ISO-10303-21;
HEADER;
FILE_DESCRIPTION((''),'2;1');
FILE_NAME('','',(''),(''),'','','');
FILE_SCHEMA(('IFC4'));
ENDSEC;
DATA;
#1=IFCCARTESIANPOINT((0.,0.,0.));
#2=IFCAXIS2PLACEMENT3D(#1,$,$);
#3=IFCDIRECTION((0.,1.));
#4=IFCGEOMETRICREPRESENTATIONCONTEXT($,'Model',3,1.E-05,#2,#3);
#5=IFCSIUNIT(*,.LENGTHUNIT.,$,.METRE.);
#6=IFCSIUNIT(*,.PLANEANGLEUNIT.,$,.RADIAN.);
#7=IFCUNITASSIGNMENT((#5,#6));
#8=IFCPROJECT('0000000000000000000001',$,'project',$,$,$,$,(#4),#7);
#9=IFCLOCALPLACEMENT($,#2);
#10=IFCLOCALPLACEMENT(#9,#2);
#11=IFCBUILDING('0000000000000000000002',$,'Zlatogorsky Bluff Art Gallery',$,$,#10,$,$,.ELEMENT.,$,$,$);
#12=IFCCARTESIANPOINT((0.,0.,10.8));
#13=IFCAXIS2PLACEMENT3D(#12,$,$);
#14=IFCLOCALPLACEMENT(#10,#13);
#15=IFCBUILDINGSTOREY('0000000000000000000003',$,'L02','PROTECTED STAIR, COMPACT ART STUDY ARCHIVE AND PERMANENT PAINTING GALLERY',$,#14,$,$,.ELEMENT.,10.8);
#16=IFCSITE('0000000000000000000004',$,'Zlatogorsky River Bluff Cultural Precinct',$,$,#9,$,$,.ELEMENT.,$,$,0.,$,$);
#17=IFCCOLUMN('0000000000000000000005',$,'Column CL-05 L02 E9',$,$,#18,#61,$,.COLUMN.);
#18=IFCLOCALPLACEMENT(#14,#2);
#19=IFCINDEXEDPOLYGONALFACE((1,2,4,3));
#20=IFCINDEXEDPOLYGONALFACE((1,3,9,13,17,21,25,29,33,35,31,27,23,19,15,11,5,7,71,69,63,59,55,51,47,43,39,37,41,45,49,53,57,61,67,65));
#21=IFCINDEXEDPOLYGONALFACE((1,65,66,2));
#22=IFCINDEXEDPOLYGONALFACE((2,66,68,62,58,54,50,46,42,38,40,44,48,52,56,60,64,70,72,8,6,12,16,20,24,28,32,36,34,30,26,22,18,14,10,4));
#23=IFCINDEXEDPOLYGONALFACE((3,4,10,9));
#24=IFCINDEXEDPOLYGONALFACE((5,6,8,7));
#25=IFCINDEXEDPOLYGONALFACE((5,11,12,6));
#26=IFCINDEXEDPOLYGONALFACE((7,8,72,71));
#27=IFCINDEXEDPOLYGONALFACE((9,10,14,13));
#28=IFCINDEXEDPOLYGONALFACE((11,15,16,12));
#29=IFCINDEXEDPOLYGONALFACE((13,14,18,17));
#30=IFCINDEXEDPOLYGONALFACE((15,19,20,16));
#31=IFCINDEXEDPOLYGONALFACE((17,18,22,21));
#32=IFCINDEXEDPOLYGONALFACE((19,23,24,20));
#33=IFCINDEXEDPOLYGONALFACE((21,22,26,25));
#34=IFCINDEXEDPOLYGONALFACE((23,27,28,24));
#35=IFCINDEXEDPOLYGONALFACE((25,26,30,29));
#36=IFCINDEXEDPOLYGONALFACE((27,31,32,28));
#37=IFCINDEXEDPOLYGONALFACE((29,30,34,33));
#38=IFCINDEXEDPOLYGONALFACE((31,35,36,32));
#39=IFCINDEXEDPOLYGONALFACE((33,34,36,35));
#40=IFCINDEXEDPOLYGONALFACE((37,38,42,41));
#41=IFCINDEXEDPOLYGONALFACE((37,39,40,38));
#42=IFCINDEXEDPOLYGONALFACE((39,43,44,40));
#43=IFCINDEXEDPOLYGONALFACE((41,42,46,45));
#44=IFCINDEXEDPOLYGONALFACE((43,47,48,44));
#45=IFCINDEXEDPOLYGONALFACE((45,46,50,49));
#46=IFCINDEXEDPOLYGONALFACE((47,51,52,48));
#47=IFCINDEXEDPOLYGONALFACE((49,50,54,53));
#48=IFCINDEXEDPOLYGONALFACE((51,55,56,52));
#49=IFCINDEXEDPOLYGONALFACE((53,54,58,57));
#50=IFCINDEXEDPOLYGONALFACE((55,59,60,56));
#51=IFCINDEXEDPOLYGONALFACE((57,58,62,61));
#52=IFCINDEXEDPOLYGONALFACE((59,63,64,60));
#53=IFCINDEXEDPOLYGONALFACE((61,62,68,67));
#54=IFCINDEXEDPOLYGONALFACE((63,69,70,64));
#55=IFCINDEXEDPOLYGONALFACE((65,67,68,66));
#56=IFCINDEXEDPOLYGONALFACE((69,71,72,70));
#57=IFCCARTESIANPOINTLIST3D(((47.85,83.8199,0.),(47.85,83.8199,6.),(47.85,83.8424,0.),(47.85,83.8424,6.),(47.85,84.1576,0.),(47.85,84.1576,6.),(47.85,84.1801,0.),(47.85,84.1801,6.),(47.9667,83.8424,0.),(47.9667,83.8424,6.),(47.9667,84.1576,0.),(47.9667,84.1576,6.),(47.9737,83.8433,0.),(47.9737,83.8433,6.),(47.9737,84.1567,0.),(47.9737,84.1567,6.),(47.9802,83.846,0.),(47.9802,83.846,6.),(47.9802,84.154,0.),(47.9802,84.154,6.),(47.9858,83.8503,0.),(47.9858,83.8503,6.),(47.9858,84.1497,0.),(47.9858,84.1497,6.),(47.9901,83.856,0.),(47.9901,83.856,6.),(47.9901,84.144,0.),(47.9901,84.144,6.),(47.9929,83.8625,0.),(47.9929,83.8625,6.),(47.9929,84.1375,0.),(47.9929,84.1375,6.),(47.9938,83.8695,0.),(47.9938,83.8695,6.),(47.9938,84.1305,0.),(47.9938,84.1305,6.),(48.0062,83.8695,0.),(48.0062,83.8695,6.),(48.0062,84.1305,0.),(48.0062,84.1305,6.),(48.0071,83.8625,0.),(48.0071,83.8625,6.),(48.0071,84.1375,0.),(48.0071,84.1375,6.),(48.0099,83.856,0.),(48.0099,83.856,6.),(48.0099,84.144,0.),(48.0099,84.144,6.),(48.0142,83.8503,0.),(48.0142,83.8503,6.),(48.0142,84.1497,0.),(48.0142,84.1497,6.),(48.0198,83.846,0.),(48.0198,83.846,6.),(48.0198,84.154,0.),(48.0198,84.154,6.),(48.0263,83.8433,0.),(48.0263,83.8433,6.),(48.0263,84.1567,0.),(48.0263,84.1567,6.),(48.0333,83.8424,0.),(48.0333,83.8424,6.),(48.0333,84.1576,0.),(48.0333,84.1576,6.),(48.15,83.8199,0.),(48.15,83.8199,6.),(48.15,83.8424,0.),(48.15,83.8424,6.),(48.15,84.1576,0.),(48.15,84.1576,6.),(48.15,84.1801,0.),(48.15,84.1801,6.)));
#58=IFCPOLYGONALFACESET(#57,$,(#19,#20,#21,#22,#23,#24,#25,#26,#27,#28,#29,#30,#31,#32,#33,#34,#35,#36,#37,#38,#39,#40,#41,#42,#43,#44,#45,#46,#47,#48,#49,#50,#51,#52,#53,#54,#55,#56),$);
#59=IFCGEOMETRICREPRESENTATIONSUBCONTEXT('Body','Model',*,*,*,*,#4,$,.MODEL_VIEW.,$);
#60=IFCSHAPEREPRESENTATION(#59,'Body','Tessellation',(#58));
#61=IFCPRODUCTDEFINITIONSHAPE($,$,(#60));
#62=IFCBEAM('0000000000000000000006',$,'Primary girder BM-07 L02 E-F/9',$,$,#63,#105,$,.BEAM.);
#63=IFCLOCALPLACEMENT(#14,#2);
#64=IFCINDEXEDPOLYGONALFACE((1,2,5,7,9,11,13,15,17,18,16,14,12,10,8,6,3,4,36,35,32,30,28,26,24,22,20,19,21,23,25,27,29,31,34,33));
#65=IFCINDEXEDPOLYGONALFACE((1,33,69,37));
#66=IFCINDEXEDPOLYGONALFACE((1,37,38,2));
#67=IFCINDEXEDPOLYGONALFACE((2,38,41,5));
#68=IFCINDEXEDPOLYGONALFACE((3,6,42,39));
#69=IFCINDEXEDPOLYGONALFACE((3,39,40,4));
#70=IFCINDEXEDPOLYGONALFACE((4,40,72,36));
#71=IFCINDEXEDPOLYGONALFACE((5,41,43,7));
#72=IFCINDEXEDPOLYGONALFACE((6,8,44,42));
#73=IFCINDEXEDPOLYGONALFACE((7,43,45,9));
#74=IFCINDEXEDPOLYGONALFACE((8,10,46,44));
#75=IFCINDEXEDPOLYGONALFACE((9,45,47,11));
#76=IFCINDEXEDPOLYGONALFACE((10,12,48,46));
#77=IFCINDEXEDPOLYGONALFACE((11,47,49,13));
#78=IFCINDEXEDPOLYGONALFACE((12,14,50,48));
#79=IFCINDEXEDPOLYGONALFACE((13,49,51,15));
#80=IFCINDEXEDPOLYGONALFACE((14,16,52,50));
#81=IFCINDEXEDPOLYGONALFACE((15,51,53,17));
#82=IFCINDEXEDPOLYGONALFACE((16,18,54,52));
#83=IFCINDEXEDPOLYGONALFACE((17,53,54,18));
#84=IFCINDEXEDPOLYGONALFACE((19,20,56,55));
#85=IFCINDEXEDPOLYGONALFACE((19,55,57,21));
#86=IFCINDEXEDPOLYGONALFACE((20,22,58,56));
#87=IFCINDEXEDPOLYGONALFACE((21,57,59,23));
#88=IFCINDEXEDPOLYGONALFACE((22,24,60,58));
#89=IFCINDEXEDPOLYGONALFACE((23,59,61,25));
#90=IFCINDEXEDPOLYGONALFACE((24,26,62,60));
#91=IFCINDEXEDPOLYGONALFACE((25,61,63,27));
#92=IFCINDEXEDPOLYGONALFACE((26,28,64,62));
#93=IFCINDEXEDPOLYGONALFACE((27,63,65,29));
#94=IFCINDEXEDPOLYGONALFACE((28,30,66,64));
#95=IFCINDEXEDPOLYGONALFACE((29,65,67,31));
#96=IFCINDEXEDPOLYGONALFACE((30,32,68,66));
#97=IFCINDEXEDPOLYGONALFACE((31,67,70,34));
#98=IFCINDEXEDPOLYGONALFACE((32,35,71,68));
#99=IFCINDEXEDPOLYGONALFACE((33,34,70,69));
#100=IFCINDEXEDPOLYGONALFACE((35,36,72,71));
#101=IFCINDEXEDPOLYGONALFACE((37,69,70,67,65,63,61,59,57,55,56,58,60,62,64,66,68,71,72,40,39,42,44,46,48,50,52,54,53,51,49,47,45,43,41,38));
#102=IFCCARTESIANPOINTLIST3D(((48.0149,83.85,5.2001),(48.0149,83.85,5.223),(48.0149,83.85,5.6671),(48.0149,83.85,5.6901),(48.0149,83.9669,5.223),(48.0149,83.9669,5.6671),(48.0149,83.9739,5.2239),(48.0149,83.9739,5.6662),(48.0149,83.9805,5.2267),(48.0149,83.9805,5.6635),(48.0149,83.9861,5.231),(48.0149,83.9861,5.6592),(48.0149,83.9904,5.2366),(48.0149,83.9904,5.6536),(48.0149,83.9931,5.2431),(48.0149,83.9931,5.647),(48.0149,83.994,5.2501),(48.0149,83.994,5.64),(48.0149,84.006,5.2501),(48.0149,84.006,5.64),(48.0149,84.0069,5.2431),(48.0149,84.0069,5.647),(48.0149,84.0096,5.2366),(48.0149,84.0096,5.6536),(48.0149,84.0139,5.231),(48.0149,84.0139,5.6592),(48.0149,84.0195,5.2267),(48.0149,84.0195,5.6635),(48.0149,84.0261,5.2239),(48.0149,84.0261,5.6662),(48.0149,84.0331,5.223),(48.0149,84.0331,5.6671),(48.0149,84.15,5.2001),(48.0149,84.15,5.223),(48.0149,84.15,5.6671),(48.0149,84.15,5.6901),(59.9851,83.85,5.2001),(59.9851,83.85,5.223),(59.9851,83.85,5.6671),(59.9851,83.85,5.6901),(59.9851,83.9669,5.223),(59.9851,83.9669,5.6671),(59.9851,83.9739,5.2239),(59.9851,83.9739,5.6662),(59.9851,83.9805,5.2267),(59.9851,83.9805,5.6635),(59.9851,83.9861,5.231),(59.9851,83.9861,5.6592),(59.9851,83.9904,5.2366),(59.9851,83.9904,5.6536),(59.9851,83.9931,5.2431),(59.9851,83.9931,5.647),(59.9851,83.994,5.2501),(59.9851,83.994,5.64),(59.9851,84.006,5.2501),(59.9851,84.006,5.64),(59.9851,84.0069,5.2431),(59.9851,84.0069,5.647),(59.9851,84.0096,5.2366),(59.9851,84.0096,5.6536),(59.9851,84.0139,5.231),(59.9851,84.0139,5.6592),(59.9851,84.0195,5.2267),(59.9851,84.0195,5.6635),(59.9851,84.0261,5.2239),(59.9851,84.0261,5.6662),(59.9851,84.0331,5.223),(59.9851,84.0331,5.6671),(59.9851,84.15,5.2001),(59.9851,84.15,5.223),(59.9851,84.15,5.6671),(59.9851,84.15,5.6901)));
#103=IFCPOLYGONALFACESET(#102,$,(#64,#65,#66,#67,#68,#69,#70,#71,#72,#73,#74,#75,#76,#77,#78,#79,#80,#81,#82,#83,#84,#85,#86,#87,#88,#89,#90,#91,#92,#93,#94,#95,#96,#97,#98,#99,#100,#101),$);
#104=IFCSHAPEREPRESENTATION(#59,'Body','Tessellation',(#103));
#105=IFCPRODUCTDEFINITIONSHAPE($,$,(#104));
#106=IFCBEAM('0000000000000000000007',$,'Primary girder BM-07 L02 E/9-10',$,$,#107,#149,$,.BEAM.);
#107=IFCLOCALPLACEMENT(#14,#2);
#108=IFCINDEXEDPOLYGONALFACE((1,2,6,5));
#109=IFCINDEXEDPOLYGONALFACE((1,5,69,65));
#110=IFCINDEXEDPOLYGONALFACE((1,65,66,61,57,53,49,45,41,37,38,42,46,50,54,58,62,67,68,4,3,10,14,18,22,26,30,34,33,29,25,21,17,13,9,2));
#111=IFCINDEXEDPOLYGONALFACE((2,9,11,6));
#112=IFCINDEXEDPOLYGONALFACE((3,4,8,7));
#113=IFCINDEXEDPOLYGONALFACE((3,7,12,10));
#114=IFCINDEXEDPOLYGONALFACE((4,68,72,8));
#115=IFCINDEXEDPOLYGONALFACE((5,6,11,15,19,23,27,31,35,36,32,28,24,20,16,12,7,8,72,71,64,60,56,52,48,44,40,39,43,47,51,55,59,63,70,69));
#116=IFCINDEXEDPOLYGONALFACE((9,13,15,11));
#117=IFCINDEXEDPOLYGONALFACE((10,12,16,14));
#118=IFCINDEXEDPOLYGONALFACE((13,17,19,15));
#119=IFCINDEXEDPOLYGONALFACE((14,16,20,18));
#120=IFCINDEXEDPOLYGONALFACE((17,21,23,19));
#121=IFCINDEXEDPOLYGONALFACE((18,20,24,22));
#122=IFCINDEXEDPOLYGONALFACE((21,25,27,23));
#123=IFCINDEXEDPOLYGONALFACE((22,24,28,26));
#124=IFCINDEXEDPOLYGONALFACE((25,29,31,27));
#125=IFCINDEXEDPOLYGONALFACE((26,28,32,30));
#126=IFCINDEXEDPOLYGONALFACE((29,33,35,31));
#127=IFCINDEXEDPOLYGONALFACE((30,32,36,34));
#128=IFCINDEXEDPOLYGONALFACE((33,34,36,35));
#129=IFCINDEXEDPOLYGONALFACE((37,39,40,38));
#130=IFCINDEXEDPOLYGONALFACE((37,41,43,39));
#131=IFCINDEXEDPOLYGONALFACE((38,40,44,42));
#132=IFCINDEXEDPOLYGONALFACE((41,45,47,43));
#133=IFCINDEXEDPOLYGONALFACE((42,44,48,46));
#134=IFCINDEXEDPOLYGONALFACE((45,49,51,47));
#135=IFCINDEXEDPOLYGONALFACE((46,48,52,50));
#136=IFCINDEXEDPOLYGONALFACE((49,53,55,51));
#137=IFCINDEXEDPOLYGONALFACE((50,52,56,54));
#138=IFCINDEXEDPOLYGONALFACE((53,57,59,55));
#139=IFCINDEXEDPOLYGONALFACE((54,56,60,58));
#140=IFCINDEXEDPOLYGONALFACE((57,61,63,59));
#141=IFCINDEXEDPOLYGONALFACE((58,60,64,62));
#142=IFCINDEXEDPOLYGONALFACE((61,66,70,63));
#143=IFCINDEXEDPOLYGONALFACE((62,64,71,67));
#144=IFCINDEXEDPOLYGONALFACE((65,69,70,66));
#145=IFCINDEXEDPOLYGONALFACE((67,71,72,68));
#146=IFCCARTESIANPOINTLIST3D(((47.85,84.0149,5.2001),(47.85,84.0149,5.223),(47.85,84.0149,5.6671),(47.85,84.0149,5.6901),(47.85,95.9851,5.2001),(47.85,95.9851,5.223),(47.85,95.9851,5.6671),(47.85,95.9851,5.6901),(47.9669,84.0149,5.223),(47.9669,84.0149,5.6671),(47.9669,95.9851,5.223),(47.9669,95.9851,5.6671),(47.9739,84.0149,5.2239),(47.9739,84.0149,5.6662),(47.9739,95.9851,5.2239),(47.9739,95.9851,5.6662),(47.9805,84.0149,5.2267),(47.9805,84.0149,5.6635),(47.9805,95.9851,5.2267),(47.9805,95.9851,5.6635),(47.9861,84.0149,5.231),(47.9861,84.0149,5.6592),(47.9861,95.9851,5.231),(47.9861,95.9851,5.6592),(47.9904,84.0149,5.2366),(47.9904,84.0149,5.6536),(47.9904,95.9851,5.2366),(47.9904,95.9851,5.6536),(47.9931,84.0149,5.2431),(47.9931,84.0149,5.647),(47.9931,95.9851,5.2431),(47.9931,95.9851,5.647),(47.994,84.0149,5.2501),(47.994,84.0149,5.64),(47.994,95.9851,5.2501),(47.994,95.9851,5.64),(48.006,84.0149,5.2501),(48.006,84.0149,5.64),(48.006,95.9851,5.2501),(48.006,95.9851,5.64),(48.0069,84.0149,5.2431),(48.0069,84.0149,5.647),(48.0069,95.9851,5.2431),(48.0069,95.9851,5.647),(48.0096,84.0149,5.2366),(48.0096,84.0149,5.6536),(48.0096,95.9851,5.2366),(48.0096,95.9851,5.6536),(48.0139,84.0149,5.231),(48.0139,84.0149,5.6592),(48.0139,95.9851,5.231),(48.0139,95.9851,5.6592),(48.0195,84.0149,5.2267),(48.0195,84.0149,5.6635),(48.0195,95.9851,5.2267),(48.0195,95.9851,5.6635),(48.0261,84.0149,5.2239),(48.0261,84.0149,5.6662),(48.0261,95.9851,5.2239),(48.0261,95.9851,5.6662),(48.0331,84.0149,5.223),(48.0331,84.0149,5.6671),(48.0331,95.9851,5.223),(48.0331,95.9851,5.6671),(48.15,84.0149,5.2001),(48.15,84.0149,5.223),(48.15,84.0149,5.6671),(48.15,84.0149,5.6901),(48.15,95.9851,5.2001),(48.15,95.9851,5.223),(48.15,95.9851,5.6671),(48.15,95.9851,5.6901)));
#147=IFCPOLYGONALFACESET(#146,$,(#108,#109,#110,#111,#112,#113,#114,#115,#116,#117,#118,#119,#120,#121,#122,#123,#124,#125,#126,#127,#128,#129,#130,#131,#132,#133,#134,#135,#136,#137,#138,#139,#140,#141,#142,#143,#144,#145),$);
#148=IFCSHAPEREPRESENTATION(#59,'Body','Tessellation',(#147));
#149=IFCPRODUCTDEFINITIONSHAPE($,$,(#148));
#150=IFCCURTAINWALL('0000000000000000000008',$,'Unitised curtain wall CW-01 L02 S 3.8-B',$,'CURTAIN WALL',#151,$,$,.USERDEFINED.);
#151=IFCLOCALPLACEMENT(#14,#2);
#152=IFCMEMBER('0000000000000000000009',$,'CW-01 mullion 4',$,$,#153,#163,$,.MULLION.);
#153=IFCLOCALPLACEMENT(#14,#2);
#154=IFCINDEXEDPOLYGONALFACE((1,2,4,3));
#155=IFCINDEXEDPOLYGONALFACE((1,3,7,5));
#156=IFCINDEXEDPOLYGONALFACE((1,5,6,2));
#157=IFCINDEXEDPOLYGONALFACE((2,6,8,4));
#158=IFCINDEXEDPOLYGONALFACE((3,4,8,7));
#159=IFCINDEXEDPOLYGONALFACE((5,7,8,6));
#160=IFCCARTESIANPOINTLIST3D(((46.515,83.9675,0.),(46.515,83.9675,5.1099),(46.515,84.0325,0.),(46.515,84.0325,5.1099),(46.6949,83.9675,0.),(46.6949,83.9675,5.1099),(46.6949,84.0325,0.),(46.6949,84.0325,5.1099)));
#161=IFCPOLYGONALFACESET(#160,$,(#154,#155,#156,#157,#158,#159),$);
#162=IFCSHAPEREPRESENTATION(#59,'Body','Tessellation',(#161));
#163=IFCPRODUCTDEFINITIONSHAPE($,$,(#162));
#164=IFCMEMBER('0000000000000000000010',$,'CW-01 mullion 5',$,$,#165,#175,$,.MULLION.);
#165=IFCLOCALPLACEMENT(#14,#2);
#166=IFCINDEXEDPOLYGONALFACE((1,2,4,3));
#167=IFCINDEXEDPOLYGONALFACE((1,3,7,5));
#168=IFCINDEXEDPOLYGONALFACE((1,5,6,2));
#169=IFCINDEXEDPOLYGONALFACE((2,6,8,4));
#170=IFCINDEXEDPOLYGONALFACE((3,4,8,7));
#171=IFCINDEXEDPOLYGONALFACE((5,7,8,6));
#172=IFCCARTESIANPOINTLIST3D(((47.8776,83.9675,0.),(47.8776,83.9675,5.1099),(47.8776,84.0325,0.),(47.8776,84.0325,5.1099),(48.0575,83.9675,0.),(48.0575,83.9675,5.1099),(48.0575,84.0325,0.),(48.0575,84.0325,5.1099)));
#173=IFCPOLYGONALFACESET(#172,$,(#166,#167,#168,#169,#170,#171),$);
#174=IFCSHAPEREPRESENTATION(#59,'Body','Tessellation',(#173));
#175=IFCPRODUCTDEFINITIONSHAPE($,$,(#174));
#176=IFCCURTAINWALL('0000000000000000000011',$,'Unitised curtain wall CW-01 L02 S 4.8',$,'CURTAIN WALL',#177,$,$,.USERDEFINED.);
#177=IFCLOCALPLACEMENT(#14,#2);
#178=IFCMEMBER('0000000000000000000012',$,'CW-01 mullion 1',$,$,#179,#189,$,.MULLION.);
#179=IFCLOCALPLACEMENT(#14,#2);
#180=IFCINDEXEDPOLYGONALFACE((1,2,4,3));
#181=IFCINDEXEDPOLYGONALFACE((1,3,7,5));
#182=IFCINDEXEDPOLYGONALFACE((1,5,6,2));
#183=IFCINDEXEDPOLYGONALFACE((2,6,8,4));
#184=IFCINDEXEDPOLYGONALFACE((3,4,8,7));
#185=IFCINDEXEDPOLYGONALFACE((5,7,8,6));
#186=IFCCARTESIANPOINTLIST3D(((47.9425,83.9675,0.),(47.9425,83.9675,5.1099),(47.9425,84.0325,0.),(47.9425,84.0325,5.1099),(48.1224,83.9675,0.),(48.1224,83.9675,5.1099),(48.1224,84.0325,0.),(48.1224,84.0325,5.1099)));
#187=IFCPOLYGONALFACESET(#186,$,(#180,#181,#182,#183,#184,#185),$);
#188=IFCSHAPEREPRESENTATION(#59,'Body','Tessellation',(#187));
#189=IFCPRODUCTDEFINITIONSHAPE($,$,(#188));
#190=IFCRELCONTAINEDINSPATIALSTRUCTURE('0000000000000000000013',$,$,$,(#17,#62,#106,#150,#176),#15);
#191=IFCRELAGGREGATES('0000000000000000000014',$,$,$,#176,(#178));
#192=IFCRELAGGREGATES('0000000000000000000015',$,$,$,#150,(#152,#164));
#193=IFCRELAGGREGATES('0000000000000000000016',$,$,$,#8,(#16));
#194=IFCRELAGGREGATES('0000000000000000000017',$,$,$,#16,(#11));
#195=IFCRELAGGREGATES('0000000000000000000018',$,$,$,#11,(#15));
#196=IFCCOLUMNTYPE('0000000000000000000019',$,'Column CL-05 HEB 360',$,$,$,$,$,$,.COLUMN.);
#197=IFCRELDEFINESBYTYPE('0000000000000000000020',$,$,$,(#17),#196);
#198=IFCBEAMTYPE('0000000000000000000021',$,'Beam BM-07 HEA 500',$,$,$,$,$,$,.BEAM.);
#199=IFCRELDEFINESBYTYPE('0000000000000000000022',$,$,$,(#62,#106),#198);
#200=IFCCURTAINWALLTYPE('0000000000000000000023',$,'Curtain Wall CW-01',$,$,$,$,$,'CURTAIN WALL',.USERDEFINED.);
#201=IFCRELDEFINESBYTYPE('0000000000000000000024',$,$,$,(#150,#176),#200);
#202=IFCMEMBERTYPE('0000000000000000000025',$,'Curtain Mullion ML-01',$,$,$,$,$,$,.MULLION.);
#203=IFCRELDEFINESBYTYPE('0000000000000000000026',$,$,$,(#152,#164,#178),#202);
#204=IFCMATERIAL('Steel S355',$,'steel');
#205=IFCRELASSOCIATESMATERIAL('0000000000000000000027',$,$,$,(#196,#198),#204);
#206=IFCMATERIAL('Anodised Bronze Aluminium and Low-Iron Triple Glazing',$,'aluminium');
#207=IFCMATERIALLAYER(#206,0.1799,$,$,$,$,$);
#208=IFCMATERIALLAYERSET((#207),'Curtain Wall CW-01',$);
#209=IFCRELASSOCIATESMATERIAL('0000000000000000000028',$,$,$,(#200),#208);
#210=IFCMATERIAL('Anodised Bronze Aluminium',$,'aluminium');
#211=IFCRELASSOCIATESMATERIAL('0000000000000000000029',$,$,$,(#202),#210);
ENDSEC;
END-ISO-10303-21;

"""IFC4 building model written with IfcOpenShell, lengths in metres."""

from ifc_helpers import new_model, si_unit, direction, frame, origin, origin_2d, place, context, subcontext, project, spatial, rectangle, i_section, extrude, material, layer, layer_set, material_profile, profile_set, type_object, element, aggregate, save


model = new_model("IFC4")

# Units and contexts
model_context = context("Model", 3, precision=1e-05, world=origin(), true_north=direction((0.0, 1.0)))
body_context = subcontext(model_context, "Body", "Model", "MODEL_VIEW")
ifc_project = project(units=[si_unit("LENGTHUNIT", "METRE"), si_unit("PLANEANGLEUNIT", "RADIAN")], contexts=[model_context])

# Site, building, storey
site_placement = place(None, origin())
site = spatial("IfcSite", under=ifc_project, at=site_placement, Name="Zlatogorsky River Bluff Cultural Precinct", CompositionType="ELEMENT", RefElevation=0.0)
building_placement = place(site_placement, origin())
building = spatial("IfcBuilding", under=site, at=building_placement, Name="Zlatogorsky Bluff Art Gallery", CompositionType="ELEMENT")
storey_placement = place(building_placement, frame((0.0, 0.0, 10.8)))
storey = spatial("IfcBuildingStorey", under=building, at=storey_placement, Name="L02", Description="PROTECTED STAIR, COMPACT ART STUDY ARCHIVE AND PERMANENT PAINTING GALLERY", CompositionType="ELEMENT", Elevation=10.8)

# Column
ifc_material_1 = material(Name="Steel S355", Category="steel")
ifc_material_profile_1 = material_profile(ifc_material_1, i_section(OverallWidth=0.3, OverallDepth=0.3601, WebThickness=0.0125, FlangeThickness=0.0225, FilletRadius=0.0271, at=origin_2d()), Name="HEB 360")
ifc_profile_set_1 = profile_set([ifc_material_profile_1], Name="Steel S355")
column_type = type_object("IfcColumnType", Name="Column CL-05 HEB 360", PredefinedType="COLUMN", material=ifc_profile_set_1)
column_placement = place(storey_placement, frame((48.0, 84.0, 0.0), z_axis=(0.0, 0.0, 1.0), x_axis=(1.0, 0.0, 0.0)))
element("IfcColumn", 1, at=column_placement, inside=storey, type_object=column_type, Name="Column CL-05 L02 E9", PredefinedType="COLUMN", context=body_context, shape_type="SweptSolid", body=[
    extrude(i_section(OverallWidth=0.3, OverallDepth=0.3601, WebThickness=0.0125, FlangeThickness=0.0225, FilletRadius=0.0271, at=origin_2d()), origin(), (0.0, 0.0, 1.0), 6.0),
])

# Beams
ifc_material_profile_2 = material_profile(ifc_material_1, i_section(OverallWidth=0.3, OverallDepth=0.49, WebThickness=0.012, FlangeThickness=0.0229, FilletRadius=0.0271, at=origin_2d()), Name="HEA 500")
ifc_profile_set_2 = profile_set([ifc_material_profile_2], Name="Steel S355")
beam_type = type_object("IfcBeamType", Name="Beam BM-07 HEA 500", PredefinedType="BEAM", material=ifc_profile_set_2)
for number, where, z_axis, x_axis, name in (
    (2, (48.0149, 84.0, 5.4451), (1.0, 0.0, 0.0), (0.0, 1.0, 0.0), "Primary girder BM-07 L02 E-F/9"),
    (3, (48.0, 84.0149, 5.4451), (0.0, 1.0, 0.0), (-1.0, 0.0, 0.0), "Primary girder BM-07 L02 E/9-10"),
):
    element("IfcBeam", number, at=place(storey_placement, frame(where, z_axis=z_axis, x_axis=x_axis)), inside=storey, type_object=beam_type, Name=name, PredefinedType="BEAM", context=body_context, shape_type="SweptSolid", body=[
        extrude(i_section(OverallWidth=0.3, OverallDepth=0.49, WebThickness=0.012, FlangeThickness=0.0229, FilletRadius=0.0271, at=origin_2d()), origin(), (0.0, 0.0, 1.0), 11.9702),
    ])

# Curtain wall, members
ifc_material_2 = material(Name="Anodised Bronze Aluminium and Low-Iron Triple Glazing", Category="aluminium")
ifc_layer_1 = layer(ifc_material_2, 0.1799)
ifc_layer_set_1 = layer_set([ifc_layer_1], Name="Curtain Wall CW-01")
curtain_wall_type = type_object("IfcCurtainWallType", Name="Curtain Wall CW-01", ElementType="CURTAIN WALL", PredefinedType="USERDEFINED", material=ifc_layer_set_1)
curtain_wall_1_placement = place(storey_placement, origin())
curtain_wall_1 = element("IfcCurtainWall", 4, at=curtain_wall_1_placement, inside=storey, type_object=curtain_wall_type, Name="Unitised curtain wall CW-01 L02 S 3.8-B", ObjectType="CURTAIN WALL", PredefinedType="USERDEFINED")
ifc_material_3 = material(Name="Anodised Bronze Aluminium", Category="aluminium")
ifc_material_profile_3 = material_profile(ifc_material_3, rectangle(XDim=0.0649, YDim=0.1799, at=origin_2d()), Name="ALU MULLION 65x180")
ifc_profile_set_3 = profile_set([ifc_material_profile_3], Name="Anodised Bronze Aluminium")
member_type_1 = type_object("IfcMemberType", Name="Curtain Mullion ML-01", PredefinedType="MULLION", material=ifc_profile_set_3)
member_1_placement = place(storey_placement, frame((46.605, 84.0, 0.0), z_axis=(0.0, 0.0, 1.0), x_axis=(0.0, 1.0, 0.0)))
member_1 = element("IfcMember", 5, at=member_1_placement, type_object=member_type_1, Name="CW-01 mullion 4", PredefinedType="MULLION", context=body_context, shape_type="SweptSolid", body=[
    extrude(rectangle(XDim=0.0649, YDim=0.1799, at=origin_2d()), origin(), (0.0, 0.0, 1.0), 5.1099),
])
member_2_placement = place(storey_placement, frame((47.9675, 84.0, 0.0), z_axis=(0.0, 0.0, 1.0), x_axis=(0.0, 1.0, 0.0)))
member_2 = element("IfcMember", 6, at=member_2_placement, type_object=member_type_1, Name="CW-01 mullion 5", PredefinedType="MULLION", context=body_context, shape_type="SweptSolid", body=[
    extrude(rectangle(XDim=0.0649, YDim=0.1799, at=origin_2d()), origin(), (0.0, 0.0, 1.0), 5.1099),
])

# Curtain wall, member
curtain_wall_2_placement = place(storey_placement, origin())
curtain_wall_2 = element("IfcCurtainWall", 7, at=curtain_wall_2_placement, inside=storey, type_object=curtain_wall_type, Name="Unitised curtain wall CW-01 L02 S 4.8", ObjectType="CURTAIN WALL", PredefinedType="USERDEFINED")
member_3_placement = place(storey_placement, frame((48.0325, 84.0, 0.0), z_axis=(0.0, 0.0, 1.0), x_axis=(0.0, 1.0, 0.0)))
member_3 = element("IfcMember", 8, at=member_3_placement, type_object=member_type_1, Name="CW-01 mullion 1", PredefinedType="MULLION", context=body_context, shape_type="SweptSolid", body=[
    extrude(rectangle(XDim=0.0649, YDim=0.1799, at=origin_2d()), origin(), (0.0, 0.0, 1.0), 5.1099),
])

aggregate(curtain_wall_2, [member_3])

aggregate(curtain_wall_1, [member_1, member_2])

save(model, "model.ifc")
